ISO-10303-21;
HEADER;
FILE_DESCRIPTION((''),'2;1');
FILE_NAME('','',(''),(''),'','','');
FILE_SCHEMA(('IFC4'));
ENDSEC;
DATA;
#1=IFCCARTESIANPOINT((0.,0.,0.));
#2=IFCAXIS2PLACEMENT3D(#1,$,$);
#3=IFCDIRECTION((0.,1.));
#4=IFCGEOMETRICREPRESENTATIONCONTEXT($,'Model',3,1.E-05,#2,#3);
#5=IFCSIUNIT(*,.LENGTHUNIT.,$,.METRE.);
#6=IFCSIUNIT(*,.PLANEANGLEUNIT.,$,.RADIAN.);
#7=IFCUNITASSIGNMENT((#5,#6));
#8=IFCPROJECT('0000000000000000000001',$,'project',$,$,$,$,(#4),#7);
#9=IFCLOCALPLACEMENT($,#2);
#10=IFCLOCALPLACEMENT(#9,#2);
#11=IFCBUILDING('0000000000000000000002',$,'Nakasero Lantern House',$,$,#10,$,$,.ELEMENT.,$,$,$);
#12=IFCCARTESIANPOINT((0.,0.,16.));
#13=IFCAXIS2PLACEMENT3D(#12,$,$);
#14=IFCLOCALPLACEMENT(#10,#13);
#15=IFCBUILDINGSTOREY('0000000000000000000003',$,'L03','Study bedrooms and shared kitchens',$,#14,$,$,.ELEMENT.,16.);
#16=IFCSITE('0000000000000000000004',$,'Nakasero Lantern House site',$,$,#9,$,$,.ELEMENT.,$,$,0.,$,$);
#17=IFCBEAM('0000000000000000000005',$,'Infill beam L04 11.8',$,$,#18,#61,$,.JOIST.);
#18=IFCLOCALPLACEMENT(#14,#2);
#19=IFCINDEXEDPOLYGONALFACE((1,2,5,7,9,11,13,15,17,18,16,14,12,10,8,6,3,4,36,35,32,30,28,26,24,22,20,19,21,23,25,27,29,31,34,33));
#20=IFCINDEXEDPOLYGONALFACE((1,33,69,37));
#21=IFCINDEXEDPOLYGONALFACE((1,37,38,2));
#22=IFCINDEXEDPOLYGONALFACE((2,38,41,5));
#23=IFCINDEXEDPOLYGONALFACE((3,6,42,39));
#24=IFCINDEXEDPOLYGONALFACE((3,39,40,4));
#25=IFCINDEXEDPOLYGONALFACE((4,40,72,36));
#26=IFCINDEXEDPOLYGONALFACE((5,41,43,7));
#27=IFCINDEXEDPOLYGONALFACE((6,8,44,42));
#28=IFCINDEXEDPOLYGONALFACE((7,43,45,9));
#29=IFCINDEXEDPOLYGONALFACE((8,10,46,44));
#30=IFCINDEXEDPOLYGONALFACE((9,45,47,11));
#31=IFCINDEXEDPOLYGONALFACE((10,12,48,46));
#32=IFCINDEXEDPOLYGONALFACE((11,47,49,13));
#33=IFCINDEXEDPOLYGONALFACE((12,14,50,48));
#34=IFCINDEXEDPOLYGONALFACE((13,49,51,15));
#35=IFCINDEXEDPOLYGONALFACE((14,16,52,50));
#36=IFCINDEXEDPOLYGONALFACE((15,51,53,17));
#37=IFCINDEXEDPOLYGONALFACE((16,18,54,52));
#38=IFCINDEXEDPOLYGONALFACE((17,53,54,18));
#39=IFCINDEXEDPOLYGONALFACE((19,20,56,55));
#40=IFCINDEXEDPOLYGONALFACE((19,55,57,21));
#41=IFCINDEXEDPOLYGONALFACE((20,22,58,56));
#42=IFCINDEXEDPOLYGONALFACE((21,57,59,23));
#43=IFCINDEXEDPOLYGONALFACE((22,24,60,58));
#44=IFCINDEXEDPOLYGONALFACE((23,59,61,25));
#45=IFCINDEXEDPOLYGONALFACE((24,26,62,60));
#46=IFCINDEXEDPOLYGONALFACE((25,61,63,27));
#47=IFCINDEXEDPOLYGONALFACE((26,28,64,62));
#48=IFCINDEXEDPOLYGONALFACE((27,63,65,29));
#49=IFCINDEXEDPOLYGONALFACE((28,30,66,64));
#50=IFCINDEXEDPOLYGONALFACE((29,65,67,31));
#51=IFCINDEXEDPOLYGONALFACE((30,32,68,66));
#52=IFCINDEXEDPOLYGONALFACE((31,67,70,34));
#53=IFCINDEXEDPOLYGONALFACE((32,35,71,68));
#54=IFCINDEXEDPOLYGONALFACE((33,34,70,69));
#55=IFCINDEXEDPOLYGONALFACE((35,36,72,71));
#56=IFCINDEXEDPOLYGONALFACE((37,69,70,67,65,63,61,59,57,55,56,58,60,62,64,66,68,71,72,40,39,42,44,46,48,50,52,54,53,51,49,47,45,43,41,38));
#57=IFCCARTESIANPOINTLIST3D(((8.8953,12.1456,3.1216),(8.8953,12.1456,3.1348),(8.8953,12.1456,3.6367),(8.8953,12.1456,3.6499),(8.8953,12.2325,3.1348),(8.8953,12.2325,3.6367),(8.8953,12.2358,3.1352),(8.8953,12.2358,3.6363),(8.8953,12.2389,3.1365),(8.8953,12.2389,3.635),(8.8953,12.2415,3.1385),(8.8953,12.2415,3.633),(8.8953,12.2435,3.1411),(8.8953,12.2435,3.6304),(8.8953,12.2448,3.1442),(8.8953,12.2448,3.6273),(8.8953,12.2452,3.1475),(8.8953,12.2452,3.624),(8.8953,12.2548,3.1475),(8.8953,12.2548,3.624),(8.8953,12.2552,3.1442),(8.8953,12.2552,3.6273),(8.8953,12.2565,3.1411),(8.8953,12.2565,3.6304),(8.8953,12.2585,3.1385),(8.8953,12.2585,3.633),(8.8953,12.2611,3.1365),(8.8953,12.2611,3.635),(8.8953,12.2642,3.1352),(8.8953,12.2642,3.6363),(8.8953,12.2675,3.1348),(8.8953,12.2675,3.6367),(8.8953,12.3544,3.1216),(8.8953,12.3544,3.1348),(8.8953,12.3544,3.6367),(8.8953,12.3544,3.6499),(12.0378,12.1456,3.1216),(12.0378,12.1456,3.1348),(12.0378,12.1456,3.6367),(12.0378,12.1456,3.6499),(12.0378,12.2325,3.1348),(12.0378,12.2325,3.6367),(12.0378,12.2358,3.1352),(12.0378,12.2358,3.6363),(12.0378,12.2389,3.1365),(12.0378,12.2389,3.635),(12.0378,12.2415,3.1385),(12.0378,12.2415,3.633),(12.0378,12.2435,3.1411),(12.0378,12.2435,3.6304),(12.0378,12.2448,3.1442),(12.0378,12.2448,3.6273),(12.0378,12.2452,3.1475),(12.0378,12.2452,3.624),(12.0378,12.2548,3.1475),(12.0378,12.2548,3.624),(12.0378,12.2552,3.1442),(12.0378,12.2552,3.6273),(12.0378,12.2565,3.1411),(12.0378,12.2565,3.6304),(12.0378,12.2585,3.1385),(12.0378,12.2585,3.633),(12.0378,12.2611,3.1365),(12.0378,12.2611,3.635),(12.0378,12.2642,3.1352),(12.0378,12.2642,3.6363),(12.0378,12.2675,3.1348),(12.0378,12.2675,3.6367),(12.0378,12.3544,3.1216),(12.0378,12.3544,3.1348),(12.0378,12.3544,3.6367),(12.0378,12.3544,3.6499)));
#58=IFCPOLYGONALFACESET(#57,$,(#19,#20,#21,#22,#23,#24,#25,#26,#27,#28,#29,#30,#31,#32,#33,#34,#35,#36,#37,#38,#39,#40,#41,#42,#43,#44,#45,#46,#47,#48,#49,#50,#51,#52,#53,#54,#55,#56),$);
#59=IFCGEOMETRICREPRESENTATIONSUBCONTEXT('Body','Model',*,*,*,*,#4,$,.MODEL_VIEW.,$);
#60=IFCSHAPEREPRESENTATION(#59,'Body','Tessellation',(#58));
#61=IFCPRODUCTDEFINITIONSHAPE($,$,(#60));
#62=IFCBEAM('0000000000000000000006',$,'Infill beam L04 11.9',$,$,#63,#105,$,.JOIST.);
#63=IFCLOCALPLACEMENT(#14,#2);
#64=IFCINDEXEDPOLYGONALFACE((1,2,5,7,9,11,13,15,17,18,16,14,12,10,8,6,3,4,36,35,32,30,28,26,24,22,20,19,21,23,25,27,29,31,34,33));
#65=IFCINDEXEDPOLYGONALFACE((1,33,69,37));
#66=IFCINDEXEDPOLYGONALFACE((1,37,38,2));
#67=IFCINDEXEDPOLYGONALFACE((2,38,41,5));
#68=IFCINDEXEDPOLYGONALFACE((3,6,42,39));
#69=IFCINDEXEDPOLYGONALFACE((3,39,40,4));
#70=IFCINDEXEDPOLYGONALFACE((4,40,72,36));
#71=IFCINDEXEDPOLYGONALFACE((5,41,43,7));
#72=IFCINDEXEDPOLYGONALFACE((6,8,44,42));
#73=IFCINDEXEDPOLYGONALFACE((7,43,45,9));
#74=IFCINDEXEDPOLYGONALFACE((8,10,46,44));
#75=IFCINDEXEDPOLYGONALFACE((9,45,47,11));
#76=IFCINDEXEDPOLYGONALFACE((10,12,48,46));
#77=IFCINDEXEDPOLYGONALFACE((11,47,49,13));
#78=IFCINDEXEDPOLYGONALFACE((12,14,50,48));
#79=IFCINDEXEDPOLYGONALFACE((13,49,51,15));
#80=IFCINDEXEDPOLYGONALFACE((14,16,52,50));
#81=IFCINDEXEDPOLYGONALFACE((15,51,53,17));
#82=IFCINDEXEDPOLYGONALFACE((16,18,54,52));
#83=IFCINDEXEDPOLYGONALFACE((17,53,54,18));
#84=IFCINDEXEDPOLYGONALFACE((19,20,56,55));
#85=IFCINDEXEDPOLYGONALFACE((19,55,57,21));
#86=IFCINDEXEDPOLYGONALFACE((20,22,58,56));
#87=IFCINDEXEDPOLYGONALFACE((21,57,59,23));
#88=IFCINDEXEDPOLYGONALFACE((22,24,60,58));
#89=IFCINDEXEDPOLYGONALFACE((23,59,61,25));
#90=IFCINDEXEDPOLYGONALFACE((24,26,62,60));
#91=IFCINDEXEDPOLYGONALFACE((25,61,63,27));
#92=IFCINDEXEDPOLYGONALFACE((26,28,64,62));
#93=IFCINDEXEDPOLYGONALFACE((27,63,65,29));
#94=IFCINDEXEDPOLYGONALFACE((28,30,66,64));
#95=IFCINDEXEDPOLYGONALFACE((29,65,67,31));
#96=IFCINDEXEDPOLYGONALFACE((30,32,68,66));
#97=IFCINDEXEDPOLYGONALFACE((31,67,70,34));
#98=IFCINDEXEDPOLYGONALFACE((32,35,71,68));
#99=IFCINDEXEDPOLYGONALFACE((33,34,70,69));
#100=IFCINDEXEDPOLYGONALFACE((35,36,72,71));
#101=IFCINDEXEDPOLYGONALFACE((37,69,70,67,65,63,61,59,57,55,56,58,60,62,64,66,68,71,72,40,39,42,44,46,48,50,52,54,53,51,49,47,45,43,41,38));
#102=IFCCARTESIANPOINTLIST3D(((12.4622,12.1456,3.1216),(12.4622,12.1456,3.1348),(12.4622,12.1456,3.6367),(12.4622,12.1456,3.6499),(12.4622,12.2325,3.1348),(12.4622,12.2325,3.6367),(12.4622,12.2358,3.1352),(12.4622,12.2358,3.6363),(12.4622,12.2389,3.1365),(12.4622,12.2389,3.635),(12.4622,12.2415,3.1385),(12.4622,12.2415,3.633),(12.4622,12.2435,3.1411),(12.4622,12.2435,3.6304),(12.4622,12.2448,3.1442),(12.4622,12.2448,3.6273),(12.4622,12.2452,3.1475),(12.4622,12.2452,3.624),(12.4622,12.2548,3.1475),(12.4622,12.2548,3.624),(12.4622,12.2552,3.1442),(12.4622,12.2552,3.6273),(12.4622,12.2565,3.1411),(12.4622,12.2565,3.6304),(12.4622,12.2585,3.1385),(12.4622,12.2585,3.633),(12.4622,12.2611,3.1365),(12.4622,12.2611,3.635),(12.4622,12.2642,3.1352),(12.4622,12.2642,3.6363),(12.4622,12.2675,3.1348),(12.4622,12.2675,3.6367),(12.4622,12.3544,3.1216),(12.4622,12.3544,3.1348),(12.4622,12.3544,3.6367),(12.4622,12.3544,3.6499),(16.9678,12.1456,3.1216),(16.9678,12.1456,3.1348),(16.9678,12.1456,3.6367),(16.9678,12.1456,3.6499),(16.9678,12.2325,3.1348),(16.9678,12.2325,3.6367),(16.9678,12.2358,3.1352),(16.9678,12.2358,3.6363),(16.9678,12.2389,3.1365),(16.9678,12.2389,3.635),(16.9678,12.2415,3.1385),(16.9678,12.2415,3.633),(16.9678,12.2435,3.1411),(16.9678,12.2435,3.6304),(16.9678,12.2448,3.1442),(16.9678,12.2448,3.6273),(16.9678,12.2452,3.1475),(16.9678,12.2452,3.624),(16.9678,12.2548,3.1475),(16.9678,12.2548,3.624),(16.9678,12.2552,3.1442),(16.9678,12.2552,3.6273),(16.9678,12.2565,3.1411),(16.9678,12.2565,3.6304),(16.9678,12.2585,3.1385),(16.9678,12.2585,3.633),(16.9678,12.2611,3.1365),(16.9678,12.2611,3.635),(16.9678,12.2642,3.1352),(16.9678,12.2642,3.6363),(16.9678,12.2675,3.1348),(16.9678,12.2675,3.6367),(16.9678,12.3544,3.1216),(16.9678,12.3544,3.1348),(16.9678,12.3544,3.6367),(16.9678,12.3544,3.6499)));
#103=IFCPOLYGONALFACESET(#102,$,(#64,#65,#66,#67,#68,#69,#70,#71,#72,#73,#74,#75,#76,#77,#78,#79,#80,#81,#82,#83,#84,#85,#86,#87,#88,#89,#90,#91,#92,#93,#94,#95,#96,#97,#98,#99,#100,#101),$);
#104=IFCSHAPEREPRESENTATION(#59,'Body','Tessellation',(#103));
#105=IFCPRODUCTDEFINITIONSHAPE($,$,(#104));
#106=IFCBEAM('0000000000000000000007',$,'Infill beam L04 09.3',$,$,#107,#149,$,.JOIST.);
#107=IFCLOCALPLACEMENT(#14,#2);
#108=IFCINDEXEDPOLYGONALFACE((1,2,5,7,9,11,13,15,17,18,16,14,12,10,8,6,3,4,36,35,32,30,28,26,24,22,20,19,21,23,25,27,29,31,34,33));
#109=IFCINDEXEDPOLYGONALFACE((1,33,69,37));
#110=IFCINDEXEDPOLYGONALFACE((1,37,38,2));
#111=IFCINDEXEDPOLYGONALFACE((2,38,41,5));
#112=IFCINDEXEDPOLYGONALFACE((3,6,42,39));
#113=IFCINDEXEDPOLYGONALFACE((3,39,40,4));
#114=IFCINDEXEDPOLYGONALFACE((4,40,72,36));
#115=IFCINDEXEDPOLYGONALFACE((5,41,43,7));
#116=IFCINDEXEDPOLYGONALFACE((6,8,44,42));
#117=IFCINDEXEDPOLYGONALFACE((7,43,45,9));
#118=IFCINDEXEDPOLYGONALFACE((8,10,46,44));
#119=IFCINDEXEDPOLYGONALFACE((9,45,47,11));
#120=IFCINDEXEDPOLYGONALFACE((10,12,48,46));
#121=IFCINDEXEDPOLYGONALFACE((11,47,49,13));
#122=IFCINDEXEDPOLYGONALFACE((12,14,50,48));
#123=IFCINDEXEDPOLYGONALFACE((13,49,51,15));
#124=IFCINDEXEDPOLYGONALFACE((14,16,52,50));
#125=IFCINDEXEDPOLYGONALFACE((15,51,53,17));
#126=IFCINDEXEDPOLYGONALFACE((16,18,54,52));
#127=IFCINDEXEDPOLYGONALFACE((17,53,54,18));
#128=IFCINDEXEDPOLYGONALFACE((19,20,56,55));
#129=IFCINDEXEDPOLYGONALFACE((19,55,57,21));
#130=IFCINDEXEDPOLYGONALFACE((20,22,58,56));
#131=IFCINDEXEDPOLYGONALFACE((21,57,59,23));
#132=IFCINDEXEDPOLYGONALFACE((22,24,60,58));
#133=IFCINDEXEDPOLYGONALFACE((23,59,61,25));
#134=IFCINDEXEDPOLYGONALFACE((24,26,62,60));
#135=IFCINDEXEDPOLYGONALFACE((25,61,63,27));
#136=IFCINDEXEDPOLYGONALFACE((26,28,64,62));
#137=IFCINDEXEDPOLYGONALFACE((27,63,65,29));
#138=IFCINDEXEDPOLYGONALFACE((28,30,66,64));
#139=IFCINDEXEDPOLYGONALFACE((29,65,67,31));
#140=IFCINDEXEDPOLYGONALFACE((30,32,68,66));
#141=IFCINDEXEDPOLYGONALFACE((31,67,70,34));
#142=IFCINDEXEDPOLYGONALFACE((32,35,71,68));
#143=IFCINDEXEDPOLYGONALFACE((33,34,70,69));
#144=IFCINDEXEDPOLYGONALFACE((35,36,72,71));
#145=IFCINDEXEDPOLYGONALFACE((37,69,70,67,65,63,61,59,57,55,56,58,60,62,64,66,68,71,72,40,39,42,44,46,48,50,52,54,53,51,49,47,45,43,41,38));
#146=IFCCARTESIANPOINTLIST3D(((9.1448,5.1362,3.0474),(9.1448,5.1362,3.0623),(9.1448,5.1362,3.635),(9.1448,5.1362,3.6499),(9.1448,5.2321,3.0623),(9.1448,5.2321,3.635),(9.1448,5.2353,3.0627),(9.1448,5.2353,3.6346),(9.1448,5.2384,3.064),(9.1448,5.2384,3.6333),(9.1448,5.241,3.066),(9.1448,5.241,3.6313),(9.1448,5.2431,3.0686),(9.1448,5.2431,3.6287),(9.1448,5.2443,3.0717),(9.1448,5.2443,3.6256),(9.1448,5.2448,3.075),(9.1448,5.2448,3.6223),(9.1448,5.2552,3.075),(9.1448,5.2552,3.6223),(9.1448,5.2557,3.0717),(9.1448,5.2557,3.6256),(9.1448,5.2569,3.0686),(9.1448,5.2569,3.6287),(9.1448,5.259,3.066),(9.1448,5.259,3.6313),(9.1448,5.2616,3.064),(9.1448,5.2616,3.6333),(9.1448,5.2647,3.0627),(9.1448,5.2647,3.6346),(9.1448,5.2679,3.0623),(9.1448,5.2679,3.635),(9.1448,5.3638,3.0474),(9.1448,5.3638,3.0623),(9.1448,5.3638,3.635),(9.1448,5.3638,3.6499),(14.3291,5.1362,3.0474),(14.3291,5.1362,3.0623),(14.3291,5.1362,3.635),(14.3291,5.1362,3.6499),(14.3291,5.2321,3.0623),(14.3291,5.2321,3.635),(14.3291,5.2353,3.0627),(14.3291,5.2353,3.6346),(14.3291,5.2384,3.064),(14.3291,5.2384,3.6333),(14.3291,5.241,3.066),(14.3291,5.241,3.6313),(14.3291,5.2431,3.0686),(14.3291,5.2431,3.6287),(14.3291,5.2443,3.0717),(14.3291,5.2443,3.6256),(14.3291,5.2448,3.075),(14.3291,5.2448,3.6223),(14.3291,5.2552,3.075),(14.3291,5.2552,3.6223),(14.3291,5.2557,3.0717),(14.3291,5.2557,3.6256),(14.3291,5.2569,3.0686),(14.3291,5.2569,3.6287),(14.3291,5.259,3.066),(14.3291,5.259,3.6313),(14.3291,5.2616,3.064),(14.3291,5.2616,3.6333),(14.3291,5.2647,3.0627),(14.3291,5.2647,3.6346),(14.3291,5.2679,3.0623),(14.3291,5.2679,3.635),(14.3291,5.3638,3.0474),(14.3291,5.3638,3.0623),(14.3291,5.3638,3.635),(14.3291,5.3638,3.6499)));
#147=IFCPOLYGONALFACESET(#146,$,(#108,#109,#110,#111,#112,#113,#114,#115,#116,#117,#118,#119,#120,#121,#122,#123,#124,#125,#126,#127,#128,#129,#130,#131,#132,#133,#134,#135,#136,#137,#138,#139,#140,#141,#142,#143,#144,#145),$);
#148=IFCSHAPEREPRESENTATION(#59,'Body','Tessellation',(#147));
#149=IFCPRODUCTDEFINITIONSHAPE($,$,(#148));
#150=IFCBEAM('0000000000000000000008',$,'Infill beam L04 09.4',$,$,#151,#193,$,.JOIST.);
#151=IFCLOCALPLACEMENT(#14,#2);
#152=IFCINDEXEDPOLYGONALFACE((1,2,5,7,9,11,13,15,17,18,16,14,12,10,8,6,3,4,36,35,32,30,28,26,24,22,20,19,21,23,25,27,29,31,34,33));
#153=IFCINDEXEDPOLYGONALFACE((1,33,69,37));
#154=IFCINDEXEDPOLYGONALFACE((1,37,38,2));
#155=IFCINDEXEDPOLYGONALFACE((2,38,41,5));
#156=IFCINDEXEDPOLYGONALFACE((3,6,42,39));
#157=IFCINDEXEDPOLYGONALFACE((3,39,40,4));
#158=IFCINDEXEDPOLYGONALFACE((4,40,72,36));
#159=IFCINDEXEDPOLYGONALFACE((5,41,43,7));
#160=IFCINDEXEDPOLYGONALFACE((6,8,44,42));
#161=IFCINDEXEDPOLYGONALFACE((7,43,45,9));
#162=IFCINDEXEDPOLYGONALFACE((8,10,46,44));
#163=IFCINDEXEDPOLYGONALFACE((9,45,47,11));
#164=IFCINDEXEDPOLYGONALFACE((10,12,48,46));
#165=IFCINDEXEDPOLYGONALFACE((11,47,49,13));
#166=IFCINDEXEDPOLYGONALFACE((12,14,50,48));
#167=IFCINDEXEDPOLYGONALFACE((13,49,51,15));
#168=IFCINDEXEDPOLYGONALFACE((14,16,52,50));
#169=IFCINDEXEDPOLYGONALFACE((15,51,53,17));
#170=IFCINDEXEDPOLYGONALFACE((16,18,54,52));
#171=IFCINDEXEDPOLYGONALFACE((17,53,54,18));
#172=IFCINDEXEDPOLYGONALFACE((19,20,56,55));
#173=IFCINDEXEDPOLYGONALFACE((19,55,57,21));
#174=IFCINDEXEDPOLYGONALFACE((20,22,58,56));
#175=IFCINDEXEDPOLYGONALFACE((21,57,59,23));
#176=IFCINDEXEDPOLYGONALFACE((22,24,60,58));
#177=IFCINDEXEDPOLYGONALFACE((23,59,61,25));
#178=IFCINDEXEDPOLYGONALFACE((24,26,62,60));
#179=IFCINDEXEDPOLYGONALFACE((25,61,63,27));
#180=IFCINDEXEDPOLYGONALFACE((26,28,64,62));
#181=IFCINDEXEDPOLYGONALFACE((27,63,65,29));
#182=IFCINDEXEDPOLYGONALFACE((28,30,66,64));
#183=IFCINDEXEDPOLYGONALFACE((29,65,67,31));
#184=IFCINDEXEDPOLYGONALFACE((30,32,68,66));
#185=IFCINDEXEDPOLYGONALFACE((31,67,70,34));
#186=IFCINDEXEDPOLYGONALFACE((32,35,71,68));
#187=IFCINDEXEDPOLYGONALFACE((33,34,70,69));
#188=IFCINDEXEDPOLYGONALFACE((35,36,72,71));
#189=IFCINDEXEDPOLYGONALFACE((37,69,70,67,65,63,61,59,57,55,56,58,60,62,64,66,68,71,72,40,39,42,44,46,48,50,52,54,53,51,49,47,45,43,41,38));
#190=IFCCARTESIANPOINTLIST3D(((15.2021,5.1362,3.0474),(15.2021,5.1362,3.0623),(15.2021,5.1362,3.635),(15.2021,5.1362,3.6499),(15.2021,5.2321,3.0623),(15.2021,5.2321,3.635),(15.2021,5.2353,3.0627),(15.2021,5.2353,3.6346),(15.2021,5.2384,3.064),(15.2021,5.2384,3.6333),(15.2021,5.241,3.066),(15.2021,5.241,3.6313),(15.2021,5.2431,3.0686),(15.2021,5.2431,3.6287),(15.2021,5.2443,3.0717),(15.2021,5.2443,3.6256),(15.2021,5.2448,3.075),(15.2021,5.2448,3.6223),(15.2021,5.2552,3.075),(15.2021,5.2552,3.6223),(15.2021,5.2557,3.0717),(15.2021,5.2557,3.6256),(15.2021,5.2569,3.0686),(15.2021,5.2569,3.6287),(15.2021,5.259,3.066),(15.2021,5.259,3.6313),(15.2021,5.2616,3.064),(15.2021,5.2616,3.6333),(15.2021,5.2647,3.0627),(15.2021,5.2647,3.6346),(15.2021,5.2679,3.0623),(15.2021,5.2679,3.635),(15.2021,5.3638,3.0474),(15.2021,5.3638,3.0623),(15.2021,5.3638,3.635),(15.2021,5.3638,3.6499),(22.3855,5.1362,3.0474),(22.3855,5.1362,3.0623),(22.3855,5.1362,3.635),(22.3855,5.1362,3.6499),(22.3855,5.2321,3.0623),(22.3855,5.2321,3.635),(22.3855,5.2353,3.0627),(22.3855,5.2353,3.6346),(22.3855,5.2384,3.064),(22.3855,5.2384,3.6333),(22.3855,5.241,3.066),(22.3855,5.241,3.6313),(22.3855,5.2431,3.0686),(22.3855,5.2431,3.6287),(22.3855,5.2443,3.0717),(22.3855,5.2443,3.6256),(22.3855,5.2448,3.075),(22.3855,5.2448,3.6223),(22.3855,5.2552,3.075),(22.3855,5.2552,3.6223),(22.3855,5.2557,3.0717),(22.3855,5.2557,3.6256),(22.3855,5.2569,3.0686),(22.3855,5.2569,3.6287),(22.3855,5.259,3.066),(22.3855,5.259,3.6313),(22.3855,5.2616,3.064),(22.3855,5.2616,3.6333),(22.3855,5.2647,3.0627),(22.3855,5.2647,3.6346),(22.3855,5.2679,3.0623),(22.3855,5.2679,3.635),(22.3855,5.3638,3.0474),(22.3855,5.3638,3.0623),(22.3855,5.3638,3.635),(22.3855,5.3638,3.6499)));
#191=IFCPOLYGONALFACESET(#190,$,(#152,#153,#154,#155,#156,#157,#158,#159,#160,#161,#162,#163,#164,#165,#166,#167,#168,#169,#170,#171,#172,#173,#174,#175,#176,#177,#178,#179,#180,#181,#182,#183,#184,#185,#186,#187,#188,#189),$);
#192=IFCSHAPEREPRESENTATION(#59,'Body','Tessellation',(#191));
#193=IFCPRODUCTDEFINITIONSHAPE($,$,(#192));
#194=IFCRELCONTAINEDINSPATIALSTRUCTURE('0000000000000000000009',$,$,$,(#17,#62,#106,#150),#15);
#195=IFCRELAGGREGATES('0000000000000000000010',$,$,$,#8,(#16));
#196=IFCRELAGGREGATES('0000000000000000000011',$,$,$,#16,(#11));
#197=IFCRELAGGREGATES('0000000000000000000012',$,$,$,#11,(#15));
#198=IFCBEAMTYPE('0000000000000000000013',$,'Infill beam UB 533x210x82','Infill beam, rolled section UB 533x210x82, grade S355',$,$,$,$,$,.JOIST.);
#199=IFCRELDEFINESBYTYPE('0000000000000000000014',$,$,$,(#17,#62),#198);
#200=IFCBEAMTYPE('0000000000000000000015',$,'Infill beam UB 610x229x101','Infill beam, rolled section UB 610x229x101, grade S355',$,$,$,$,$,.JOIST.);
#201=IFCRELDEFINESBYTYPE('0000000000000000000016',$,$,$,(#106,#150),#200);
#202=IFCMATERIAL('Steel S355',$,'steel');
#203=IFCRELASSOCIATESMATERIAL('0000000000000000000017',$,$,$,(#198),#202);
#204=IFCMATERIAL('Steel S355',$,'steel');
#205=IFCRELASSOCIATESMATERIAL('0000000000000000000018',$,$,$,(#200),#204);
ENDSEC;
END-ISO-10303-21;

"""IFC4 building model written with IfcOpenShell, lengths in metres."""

from ifc_helpers import new_model, si_unit, direction, frame, origin, origin_2d, place, context, subcontext, project, spatial, i_section, extrude, material, material_profile, profile_set, type_object, element, save


model = new_model("IFC4")

# Units and contexts
model_context = context("Model", 3, precision=1e-05, world=origin(), true_north=direction((0.0, 1.0)))
body_context = subcontext(model_context, "Body", "Model", "MODEL_VIEW")
ifc_project = project(units=[si_unit("LENGTHUNIT", "METRE"), si_unit("PLANEANGLEUNIT", "RADIAN")], contexts=[model_context])

# Site, building, storey
site_placement = place(None, origin())
site = spatial("IfcSite", under=ifc_project, at=site_placement, Name="Nakasero Lantern House site", CompositionType="ELEMENT", RefElevation=0.0)
building_placement = place(site_placement, origin())
building = spatial("IfcBuilding", under=site, at=building_placement, Name="Nakasero Lantern House", CompositionType="ELEMENT")
storey_placement = place(building_placement, frame((0.0, 0.0, 16.0)))
storey = spatial("IfcBuildingStorey", under=building, at=storey_placement, Name="L03", Description="Study bedrooms and shared kitchens", CompositionType="ELEMENT", Elevation=16.0)

# Beams
ifc_material_1 = material(Name="Steel S355", Category="steel")
ifc_material_profile_1 = material_profile(ifc_material_1, i_section(OverallWidth=0.2087, OverallDepth=0.5283, WebThickness=0.0095, FlangeThickness=0.0132, FilletRadius=0.0127, at=origin_2d()), Name="UB 533x210x82")
ifc_profile_set_1 = profile_set([ifc_material_profile_1], Name="Steel S355")
beam_type_1 = type_object("IfcBeamType", Name="Infill beam UB 533x210x82", Description="Infill beam, rolled section UB 533x210x82, grade S355", PredefinedType="JOIST", material=ifc_profile_set_1)
beam_1_placement = place(storey_placement, frame((8.8953, 12.25, 3.3857), z_axis=(1.0, 0.0, 0.0), x_axis=(0.0, 1.0, 0.0)))
element("IfcBeam", 1, at=beam_1_placement, inside=storey, type_object=beam_type_1, Name="Infill beam L04 11.8", PredefinedType="JOIST", context=body_context, shape_type="SweptSolid", body=[
    extrude(i_section(OverallWidth=0.2087, OverallDepth=0.5283, WebThickness=0.0095, FlangeThickness=0.0132, FilletRadius=0.0127, at=origin_2d()), origin(), (0.0, 0.0, 1.0), 3.1426),
])
beam_2_placement = place(storey_placement, frame((12.4622, 12.25, 3.3857), z_axis=(1.0, 0.0, 0.0), x_axis=(0.0, 1.0, 0.0)))
element("IfcBeam", 2, at=beam_2_placement, inside=storey, type_object=beam_type_1, Name="Infill beam L04 11.9", PredefinedType="JOIST", context=body_context, shape_type="SweptSolid", body=[
    extrude(i_section(OverallWidth=0.2087, OverallDepth=0.5283, WebThickness=0.0095, FlangeThickness=0.0132, FilletRadius=0.0127, at=origin_2d()), origin(), (0.0, 0.0, 1.0), 4.5056),
])
ifc_material_2 = material(Name="Steel S355", Category="steel")
ifc_material_profile_2 = material_profile(ifc_material_2, i_section(OverallWidth=0.2275, OverallDepth=0.6025, WebThickness=0.0105, FlangeThickness=0.0149, FilletRadius=0.0127, at=origin_2d()), Name="UB 610x229x101")
ifc_profile_set_2 = profile_set([ifc_material_profile_2], Name="Steel S355")
beam_type_2 = type_object("IfcBeamType", Name="Infill beam UB 610x229x101", Description="Infill beam, rolled section UB 610x229x101, grade S355", PredefinedType="JOIST", material=ifc_profile_set_2)
beam_3_placement = place(storey_placement, frame((9.1448, 5.25, 3.3486), z_axis=(1.0, 0.0, 0.0), x_axis=(0.0, 1.0, 0.0)))
element("IfcBeam", 3, at=beam_3_placement, inside=storey, type_object=beam_type_2, Name="Infill beam L04 09.3", PredefinedType="JOIST", context=body_context, shape_type="SweptSolid", body=[
    extrude(i_section(OverallWidth=0.2275, OverallDepth=0.6025, WebThickness=0.0105, FlangeThickness=0.0149, FilletRadius=0.0127, at=origin_2d()), origin(), (0.0, 0.0, 1.0), 5.1843),
])
beam_4_placement = place(storey_placement, frame((15.2021, 5.25, 3.3486), z_axis=(1.0, 0.0, 0.0), x_axis=(0.0, 1.0, 0.0)))
element("IfcBeam", 4, at=beam_4_placement, inside=storey, type_object=beam_type_2, Name="Infill beam L04 09.4", PredefinedType="JOIST", context=body_context, shape_type="SweptSolid", body=[
    extrude(i_section(OverallWidth=0.2275, OverallDepth=0.6025, WebThickness=0.0105, FlangeThickness=0.0149, FilletRadius=0.0127, at=origin_2d()), origin(), (0.0, 0.0, 1.0), 7.1833),
])

save(model, "model.ifc")
